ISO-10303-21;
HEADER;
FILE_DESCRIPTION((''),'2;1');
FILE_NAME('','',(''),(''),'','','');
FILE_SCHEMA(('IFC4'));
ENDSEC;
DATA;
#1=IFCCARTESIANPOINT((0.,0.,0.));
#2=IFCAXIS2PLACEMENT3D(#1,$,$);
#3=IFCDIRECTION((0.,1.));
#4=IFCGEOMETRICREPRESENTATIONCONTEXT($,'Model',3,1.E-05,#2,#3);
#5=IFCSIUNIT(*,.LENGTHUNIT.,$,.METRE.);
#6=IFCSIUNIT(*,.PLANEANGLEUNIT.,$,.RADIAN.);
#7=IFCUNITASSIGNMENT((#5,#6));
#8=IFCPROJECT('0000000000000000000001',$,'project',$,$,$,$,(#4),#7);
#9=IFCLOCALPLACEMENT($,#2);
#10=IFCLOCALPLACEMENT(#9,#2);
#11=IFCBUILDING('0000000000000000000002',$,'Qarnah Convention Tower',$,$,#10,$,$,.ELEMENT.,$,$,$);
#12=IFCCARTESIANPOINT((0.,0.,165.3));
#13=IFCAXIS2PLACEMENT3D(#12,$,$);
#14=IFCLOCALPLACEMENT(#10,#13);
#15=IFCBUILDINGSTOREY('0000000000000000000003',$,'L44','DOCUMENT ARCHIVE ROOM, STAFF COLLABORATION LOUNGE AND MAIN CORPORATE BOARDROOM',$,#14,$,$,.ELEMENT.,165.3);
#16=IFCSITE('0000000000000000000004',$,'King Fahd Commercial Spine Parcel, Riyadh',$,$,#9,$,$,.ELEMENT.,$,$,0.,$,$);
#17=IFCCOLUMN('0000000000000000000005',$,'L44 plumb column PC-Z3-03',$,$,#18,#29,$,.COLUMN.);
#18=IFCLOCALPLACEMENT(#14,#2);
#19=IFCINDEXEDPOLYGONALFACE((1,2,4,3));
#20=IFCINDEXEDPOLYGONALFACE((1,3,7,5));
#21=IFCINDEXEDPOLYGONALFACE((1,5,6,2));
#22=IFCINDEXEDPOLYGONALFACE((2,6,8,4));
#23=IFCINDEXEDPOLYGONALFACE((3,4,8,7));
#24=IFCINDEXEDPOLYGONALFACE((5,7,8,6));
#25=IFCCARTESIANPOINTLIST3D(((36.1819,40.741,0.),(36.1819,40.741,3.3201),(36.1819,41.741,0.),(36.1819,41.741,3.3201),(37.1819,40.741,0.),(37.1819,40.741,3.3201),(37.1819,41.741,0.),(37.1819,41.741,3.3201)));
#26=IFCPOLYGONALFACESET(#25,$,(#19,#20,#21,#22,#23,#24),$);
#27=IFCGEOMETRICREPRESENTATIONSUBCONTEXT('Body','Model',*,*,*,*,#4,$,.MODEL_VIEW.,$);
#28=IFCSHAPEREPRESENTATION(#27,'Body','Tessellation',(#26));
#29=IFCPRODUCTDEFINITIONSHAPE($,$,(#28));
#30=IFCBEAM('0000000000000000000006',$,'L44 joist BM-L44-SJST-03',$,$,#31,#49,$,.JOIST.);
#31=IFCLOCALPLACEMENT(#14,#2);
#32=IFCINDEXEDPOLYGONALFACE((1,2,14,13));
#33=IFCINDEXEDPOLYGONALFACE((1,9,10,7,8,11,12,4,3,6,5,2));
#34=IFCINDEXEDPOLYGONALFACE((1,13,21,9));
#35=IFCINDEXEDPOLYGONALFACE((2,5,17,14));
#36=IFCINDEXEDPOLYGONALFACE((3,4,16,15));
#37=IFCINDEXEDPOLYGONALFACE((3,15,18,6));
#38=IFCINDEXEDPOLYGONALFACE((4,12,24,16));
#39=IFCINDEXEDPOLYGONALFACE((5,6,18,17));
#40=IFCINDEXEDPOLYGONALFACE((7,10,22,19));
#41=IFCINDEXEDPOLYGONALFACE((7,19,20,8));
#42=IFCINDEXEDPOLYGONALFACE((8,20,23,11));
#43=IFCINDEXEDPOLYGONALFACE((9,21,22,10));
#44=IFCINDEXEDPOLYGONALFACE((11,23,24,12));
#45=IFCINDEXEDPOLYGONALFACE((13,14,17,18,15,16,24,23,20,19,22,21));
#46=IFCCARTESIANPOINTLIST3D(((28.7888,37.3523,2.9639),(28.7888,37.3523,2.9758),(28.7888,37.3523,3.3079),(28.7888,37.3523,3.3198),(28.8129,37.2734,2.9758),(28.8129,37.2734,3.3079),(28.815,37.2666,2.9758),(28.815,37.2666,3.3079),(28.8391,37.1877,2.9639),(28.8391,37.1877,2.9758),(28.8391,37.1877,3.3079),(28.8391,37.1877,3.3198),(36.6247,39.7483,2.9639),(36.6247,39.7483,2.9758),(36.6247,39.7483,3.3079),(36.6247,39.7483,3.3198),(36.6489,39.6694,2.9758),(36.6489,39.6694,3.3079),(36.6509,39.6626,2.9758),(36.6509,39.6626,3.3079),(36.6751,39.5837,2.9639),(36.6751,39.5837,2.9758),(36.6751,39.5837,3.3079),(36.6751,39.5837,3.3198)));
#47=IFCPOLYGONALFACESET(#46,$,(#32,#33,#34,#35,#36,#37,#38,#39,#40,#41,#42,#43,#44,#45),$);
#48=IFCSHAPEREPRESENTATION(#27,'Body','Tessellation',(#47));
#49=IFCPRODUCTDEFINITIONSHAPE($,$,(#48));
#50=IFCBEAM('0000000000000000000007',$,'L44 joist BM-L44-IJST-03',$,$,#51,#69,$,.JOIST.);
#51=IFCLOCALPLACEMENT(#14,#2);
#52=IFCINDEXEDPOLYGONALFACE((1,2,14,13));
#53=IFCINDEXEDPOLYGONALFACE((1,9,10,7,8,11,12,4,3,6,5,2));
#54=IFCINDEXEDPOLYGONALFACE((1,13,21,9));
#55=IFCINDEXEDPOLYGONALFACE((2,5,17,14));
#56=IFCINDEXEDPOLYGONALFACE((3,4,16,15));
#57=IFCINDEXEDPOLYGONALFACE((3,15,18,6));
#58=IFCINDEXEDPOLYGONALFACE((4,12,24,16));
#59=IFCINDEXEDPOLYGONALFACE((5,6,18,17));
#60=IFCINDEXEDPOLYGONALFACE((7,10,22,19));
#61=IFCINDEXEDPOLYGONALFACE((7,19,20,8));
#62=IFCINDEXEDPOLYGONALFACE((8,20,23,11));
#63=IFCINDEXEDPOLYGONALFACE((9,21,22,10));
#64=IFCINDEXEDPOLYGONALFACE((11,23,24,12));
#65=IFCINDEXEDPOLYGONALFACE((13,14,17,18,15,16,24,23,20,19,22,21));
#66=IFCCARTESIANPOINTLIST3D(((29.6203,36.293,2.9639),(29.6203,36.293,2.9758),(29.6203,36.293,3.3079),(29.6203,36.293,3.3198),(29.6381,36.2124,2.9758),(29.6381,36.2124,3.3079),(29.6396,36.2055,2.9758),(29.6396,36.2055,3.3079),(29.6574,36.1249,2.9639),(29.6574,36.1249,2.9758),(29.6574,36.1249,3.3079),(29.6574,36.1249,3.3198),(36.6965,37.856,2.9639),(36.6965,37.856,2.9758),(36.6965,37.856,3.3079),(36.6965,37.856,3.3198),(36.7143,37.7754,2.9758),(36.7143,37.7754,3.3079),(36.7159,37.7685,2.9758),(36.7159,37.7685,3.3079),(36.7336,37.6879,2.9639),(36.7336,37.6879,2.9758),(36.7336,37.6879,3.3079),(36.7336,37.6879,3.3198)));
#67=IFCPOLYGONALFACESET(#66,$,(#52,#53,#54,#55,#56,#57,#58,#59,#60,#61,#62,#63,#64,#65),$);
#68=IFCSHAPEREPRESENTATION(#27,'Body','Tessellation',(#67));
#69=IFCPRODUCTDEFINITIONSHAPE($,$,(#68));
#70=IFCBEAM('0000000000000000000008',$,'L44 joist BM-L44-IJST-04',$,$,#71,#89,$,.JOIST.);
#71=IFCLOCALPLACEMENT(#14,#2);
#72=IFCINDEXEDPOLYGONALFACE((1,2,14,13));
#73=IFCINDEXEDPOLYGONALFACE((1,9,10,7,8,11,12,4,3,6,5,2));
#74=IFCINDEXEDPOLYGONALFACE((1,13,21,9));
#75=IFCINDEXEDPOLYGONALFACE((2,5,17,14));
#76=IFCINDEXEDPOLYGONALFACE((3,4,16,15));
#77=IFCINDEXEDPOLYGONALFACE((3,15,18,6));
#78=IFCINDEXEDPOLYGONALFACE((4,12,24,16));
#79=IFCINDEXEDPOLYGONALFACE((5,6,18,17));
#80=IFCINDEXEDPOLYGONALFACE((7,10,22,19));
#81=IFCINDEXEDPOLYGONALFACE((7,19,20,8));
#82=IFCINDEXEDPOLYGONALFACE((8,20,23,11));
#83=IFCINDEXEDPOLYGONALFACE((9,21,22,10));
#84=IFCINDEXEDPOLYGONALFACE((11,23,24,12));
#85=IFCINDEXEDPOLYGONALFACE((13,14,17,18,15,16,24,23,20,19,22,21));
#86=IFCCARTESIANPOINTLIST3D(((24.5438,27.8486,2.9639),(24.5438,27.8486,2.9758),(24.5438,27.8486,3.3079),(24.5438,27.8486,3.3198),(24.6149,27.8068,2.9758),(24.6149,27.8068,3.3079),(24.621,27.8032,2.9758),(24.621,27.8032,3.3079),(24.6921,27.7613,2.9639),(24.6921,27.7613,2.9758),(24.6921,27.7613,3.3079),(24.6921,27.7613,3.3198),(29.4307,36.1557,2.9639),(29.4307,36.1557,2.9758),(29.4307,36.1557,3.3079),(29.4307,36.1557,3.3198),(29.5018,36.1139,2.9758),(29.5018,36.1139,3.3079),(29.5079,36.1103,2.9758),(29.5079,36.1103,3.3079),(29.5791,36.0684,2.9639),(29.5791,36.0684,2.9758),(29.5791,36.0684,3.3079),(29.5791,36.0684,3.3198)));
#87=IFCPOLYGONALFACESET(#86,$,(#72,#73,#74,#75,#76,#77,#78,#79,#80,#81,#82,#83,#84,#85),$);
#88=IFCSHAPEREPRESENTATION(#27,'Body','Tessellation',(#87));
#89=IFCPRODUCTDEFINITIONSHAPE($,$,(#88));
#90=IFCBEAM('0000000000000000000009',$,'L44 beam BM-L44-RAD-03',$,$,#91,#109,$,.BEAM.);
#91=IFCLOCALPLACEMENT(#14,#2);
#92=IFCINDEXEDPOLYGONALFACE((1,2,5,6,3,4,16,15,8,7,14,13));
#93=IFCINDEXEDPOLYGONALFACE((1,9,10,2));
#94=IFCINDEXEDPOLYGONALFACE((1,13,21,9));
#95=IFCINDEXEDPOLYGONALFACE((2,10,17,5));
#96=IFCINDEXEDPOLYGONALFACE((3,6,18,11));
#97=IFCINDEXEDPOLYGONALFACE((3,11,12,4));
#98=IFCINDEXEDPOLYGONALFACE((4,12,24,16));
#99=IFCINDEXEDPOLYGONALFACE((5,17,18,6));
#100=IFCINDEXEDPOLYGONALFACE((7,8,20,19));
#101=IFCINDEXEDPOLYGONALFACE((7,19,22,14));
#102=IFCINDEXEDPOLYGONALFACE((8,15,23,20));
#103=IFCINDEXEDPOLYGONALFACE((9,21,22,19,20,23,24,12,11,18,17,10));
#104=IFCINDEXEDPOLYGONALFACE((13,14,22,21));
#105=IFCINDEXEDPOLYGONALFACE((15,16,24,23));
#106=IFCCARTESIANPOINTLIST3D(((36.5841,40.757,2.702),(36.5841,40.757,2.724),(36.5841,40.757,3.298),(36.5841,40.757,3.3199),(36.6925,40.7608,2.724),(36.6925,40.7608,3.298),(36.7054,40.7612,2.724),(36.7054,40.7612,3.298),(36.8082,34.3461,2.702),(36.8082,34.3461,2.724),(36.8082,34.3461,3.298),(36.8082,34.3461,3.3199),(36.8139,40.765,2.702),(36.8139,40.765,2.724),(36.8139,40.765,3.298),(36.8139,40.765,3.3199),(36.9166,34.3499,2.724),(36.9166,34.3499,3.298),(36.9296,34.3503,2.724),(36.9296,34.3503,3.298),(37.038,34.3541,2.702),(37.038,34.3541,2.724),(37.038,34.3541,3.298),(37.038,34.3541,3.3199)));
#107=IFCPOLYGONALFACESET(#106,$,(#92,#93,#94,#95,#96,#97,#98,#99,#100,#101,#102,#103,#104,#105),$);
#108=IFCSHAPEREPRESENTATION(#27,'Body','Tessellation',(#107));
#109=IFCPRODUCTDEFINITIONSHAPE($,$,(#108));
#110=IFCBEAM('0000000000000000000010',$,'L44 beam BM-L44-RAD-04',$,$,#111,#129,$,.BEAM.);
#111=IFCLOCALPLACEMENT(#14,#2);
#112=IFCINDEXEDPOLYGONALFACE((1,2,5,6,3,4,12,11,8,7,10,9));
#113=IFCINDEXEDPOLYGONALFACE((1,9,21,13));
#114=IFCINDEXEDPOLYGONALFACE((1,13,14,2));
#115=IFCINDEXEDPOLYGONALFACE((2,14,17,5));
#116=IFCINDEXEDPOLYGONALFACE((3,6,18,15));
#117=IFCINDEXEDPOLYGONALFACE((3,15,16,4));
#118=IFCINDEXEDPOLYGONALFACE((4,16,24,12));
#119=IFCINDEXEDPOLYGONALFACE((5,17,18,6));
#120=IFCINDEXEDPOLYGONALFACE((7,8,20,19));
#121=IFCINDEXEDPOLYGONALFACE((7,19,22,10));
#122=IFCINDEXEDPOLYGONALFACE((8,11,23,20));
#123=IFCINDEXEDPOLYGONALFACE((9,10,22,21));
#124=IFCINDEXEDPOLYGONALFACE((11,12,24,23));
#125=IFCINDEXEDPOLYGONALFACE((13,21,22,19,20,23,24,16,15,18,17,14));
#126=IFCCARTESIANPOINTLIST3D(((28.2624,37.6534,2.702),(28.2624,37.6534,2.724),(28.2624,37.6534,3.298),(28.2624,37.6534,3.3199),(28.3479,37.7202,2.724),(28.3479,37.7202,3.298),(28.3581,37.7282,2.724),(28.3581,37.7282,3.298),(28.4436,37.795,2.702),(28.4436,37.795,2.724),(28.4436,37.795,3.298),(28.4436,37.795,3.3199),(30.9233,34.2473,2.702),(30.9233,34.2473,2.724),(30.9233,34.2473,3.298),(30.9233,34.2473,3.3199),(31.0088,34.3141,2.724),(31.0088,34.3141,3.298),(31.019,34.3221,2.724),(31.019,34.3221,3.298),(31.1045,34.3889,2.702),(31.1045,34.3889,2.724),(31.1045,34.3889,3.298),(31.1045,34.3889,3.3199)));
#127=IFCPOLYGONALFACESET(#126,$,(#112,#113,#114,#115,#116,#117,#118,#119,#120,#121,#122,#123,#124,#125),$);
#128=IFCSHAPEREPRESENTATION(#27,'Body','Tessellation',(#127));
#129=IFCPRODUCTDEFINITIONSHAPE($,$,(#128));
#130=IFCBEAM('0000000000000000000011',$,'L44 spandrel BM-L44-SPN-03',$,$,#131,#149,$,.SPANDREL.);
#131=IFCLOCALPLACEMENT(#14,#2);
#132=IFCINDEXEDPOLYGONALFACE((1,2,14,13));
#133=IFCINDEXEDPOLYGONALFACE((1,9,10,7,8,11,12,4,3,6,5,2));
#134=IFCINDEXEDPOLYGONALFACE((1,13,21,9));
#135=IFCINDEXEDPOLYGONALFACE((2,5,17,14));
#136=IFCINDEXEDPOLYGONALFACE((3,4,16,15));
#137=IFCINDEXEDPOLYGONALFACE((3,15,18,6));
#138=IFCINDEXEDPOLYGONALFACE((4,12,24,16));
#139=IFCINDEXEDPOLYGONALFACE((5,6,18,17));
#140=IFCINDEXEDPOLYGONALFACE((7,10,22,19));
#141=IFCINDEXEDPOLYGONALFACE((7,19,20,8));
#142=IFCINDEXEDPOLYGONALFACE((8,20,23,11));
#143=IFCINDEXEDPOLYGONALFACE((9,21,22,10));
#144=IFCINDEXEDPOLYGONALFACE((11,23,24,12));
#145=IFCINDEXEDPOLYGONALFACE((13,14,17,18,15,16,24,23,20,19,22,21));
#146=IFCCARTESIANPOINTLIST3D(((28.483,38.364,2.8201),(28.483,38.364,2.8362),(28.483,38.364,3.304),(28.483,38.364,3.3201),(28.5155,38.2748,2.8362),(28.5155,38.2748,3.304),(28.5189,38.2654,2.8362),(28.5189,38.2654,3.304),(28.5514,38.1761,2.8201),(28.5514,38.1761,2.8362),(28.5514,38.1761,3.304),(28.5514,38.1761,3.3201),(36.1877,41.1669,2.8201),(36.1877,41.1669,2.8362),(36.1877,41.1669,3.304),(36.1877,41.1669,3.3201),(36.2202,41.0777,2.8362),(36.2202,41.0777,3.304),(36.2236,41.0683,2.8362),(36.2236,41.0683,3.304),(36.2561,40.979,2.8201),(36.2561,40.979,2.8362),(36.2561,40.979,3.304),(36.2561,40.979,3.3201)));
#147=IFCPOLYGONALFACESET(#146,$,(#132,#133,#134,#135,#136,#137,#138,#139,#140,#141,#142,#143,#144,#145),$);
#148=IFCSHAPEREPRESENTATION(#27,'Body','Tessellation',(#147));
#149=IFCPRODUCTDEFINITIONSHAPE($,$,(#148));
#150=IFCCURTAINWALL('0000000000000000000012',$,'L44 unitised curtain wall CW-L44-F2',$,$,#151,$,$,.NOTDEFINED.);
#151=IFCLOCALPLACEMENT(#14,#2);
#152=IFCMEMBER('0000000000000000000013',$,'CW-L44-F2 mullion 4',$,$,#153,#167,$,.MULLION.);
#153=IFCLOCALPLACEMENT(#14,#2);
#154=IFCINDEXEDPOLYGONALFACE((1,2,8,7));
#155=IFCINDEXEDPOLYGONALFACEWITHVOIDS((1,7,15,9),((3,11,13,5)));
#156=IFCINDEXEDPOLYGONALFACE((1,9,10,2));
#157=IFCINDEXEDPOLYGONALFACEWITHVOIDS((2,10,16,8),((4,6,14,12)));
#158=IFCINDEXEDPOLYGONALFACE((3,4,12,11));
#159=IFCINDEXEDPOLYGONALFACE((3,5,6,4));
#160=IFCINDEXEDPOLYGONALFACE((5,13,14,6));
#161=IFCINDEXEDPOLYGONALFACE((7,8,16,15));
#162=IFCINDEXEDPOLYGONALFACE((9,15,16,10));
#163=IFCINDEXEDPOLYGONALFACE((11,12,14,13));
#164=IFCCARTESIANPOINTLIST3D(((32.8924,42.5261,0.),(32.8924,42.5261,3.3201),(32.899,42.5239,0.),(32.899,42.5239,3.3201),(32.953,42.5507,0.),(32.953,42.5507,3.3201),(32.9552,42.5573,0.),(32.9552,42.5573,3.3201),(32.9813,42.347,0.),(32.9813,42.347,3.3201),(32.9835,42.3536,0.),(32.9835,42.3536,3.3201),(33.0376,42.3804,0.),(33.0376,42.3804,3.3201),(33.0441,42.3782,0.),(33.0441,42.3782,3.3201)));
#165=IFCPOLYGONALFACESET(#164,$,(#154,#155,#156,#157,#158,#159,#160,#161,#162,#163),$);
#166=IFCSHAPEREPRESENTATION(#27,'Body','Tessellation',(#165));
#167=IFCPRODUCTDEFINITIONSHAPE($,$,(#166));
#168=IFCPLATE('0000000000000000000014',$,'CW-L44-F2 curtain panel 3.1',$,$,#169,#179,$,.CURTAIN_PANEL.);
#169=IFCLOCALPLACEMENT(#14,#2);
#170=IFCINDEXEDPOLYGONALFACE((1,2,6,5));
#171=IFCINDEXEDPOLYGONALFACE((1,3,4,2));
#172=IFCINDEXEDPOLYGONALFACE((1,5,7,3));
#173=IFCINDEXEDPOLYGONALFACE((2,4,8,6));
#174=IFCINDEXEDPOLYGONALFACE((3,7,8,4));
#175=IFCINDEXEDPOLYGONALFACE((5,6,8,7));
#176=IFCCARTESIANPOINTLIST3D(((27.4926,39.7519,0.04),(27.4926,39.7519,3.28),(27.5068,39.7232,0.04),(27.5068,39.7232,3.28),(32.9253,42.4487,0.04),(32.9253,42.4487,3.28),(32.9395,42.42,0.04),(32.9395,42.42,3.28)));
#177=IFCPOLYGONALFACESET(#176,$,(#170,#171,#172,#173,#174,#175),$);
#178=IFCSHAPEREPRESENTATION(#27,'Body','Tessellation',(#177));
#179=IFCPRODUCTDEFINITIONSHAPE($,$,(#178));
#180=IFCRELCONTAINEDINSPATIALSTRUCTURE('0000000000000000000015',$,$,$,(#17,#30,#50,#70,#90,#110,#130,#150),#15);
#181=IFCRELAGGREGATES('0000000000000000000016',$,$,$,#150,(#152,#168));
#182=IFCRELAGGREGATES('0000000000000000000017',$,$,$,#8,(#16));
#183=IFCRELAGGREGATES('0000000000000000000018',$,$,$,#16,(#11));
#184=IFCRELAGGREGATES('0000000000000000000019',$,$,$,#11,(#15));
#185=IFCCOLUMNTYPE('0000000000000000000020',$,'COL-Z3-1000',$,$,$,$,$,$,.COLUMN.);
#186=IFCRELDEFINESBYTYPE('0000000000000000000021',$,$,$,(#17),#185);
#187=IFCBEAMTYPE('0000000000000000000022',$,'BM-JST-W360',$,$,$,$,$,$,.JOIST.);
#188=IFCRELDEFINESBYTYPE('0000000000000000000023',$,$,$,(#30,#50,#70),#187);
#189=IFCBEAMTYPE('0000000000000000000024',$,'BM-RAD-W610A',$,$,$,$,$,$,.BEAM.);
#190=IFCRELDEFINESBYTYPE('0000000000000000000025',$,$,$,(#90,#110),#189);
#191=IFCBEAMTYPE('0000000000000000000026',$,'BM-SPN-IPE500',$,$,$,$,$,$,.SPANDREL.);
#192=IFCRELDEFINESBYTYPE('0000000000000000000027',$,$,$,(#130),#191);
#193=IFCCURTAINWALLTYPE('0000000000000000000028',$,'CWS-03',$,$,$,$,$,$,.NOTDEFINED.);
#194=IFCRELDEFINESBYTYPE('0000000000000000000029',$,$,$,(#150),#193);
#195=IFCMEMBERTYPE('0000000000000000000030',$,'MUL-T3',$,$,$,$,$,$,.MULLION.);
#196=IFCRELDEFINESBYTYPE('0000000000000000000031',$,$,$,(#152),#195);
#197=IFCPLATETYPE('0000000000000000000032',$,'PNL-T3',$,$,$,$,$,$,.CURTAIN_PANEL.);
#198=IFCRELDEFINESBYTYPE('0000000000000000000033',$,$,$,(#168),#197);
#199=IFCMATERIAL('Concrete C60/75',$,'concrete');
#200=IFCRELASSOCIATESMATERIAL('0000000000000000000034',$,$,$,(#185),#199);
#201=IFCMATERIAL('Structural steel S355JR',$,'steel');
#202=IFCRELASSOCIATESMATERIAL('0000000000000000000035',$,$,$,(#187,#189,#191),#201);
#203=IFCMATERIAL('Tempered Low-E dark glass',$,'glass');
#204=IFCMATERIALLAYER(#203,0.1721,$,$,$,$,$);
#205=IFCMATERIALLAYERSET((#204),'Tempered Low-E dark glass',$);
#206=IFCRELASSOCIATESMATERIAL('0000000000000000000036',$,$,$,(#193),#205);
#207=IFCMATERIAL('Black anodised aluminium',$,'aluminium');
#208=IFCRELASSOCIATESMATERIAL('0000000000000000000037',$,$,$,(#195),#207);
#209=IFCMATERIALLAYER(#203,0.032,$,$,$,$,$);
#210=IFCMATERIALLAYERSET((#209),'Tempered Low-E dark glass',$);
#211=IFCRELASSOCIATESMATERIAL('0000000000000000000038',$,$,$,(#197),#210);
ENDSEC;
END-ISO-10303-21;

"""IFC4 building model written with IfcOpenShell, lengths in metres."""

from ifc_helpers import new_model, si_unit, direction, frame, origin, origin_2d, place, context, subcontext, project, spatial, rectangle, hollow_rectangle, i_section, extrude, material, layer, layer_set, material_profile, profile_set, type_object, element, aggregate, save


model = new_model("IFC4")

# Units and contexts
model_context = context("Model", 3, precision=1e-05, world=origin(), true_north=direction((0.0, 1.0)))
body_context = subcontext(model_context, "Body", "Model", "MODEL_VIEW")
ifc_project = project(units=[si_unit("LENGTHUNIT", "METRE"), si_unit("PLANEANGLEUNIT", "RADIAN")], contexts=[model_context])

# Site, building, storey
site_placement = place(None, origin())
site = spatial("IfcSite", under=ifc_project, at=site_placement, Name="King Fahd Commercial Spine Parcel, Riyadh", CompositionType="ELEMENT", RefElevation=0.0)
building_placement = place(site_placement, origin())
building = spatial("IfcBuilding", under=site, at=building_placement, Name="Qarnah Convention Tower", CompositionType="ELEMENT")
storey_placement = place(building_placement, frame((0.0, 0.0, 165.3)))
storey = spatial("IfcBuildingStorey", under=building, at=storey_placement, Name="L44", Description="DOCUMENT ARCHIVE ROOM, STAFF COLLABORATION LOUNGE AND MAIN CORPORATE BOARDROOM", CompositionType="ELEMENT", Elevation=165.3)

# Column
ifc_material_1 = material(Name="Concrete C60/75", Category="concrete")
ifc_material_profile_1 = material_profile(ifc_material_1, rectangle(XDim=1.0, YDim=1.0, at=origin_2d()), Name="RC-COL-1000X1000")
ifc_profile_set_1 = profile_set([ifc_material_profile_1], Name="Concrete C60/75")
column_type = type_object("IfcColumnType", Name="COL-Z3-1000", PredefinedType="COLUMN", material=ifc_profile_set_1)
column_placement = place(storey_placement, frame((36.6819, 41.241, 0.0), z_axis=(0.0, 0.0, 1.0), x_axis=(1.0, 0.0, 0.0)))
element("IfcColumn", 1, at=column_placement, inside=storey, type_object=column_type, Name="L44 plumb column PC-Z3-03", PredefinedType="COLUMN", context=body_context, shape_type="SweptSolid", body=[
    extrude(rectangle(XDim=1.0, YDim=1.0, at=origin_2d()), origin(), (0.0, 0.0, 1.0), 3.3201),
])

# Beams
ifc_material_2 = material(Name="Structural steel S355JR", Category="steel")
ifc_material_profile_2 = material_profile(ifc_material_2, i_section(OverallWidth=0.1721, OverallDepth=0.356, WebThickness=0.0071, FlangeThickness=0.012, at=origin_2d()), Name="W360X51")
ifc_profile_set_2 = profile_set([ifc_material_profile_2], Name="Structural steel S355JR")
beam_type_1 = type_object("IfcBeamType", Name="BM-JST-W360", PredefinedType="JOIST", material=ifc_profile_set_2)
beam_1_placement = place(storey_placement, frame((36.6499, 39.666, 3.1418), z_axis=(-0.956294, -0.292406, 0.0), x_axis=(0.292406, -0.956294, 0.0)))
element("IfcBeam", 2, at=beam_1_placement, inside=storey, type_object=beam_type_1, Name="L44 joist BM-L44-SJST-03", PredefinedType="JOIST", context=body_context, shape_type="SweptSolid", body=[
    extrude(i_section(OverallWidth=0.1721, OverallDepth=0.356, WebThickness=0.0071, FlangeThickness=0.012, at=origin_2d()), origin(), (0.0, 0.0, 1.0), 8.1941),
])
beam_2_placement = place(storey_placement, frame((36.7151, 37.772, 3.1418), z_axis=(-0.976464, -0.215682, 0.0), x_axis=(0.215682, -0.976464, 0.0)))
element("IfcBeam", 3, at=beam_2_placement, inside=storey, type_object=beam_type_1, Name="L44 joist BM-L44-IJST-03", PredefinedType="JOIST", context=body_context, shape_type="SweptSolid", body=[
    extrude(i_section(OverallWidth=0.1721, OverallDepth=0.356, WebThickness=0.0071, FlangeThickness=0.012, at=origin_2d()), origin(), (0.0, 0.0, 1.0), 7.2468),
])
beam_3_placement = place(storey_placement, frame((29.5049, 36.1121, 3.1418), z_axis=(-0.507052, -0.861915, 0.0), x_axis=(0.861915, -0.507052, 0.0)))
element("IfcBeam", 4, at=beam_3_placement, inside=storey, type_object=beam_type_1, Name="L44 joist BM-L44-IJST-04", PredefinedType="JOIST", context=body_context, shape_type="SweptSolid", body=[
    extrude(i_section(OverallWidth=0.1721, OverallDepth=0.356, WebThickness=0.0071, FlangeThickness=0.012, at=origin_2d()), origin(), (0.0, 0.0, 1.0), 9.6379),
])
ifc_material_profile_3 = material_profile(ifc_material_2, i_section(OverallWidth=0.23, OverallDepth=0.6179, WebThickness=0.0129, FlangeThickness=0.022, at=origin_2d()), Name="W610X140")
ifc_profile_set_3 = profile_set([ifc_material_profile_3], Name="Structural steel S355JR")
beam_type_2 = type_object("IfcBeamType", Name="BM-RAD-W610A", PredefinedType="BEAM", material=ifc_profile_set_3)
beam_4_placement = place(storey_placement, frame((36.9231, 34.3501, 3.011), z_axis=(-0.034938, 0.999389, 0.0), x_axis=(-0.999389, -0.034938, 0.0)))
element("IfcBeam", 5, at=beam_4_placement, inside=storey, type_object=beam_type_2, Name="L44 beam BM-L44-RAD-03", PredefinedType="BEAM", context=body_context, shape_type="SweptSolid", body=[
    extrude(i_section(OverallWidth=0.23, OverallDepth=0.6179, WebThickness=0.0129, FlangeThickness=0.022, at=origin_2d()), origin(), (0.0, 0.0, 1.0), 6.4148),
])
beam_5_placement = place(storey_placement, frame((31.0139, 34.3181, 3.011), z_axis=(-0.615636, 0.78803, 0.0), x_axis=(-0.78803, -0.615636, 0.0)))
element("IfcBeam", 6, at=beam_5_placement, inside=storey, type_object=beam_type_2, Name="L44 beam BM-L44-RAD-04", PredefinedType="BEAM", context=body_context, shape_type="SweptSolid", body=[
    extrude(i_section(OverallWidth=0.23, OverallDepth=0.6179, WebThickness=0.0129, FlangeThickness=0.022, at=origin_2d()), origin(), (0.0, 0.0, 1.0), 4.3223),
])
ifc_material_profile_4 = material_profile(ifc_material_2, i_section(OverallWidth=0.2, OverallDepth=0.5, WebThickness=0.01, FlangeThickness=0.0161, at=origin_2d()), Name="IPE500")
ifc_profile_set_4 = profile_set([ifc_material_profile_4], Name="Structural steel S355JR")
beam_type_3 = type_object("IfcBeamType", Name="BM-SPN-IPE500", PredefinedType="SPANDREL", material=ifc_profile_set_4)
beam_6_placement = place(storey_placement, frame((36.2219, 41.073, 3.0701), z_axis=(-0.939746, -0.341875, 0.0), x_axis=(0.341875, -0.939746, 0.0)))
element("IfcBeam", 7, at=beam_6_placement, inside=storey, type_object=beam_type_3, Name="L44 spandrel BM-L44-SPN-03", PredefinedType="SPANDREL", context=body_context, shape_type="SweptSolid", body=[
    extrude(i_section(OverallWidth=0.2, OverallDepth=0.5, WebThickness=0.01, FlangeThickness=0.0161, at=origin_2d()), origin(), (0.0, 0.0, 1.0), 8.1987),
])

# Curtain wall, member, plate
ifc_material_3 = material(Name="Tempered Low-E dark glass", Category="glass")
ifc_layer_1 = layer(ifc_material_3, 0.1721)
ifc_layer_set_1 = layer_set([ifc_layer_1], Name="Tempered Low-E dark glass")
curtain_wall_type = type_object("IfcCurtainWallType", Name="CWS-03", PredefinedType="NOTDEFINED", material=ifc_layer_set_1)
curtain_wall_placement = place(storey_placement, origin())
curtain_wall = element("IfcCurtainWall", 8, at=curtain_wall_placement, inside=storey, type_object=curtain_wall_type, Name="L44 unitised curtain wall CW-L44-F2", PredefinedType="NOTDEFINED")
ifc_material_4 = material(Name="Black anodised aluminium", Category="aluminium")
ifc_material_profile_5 = material_profile(ifc_material_4, hollow_rectangle(XDim=0.0701, YDim=0.2, WallThickness=0.0049, at=origin_2d()), Name="MUL-70X200")
ifc_profile_set_5 = profile_set([ifc_material_profile_5], Name="Black anodised aluminium")
member_type = type_object("IfcMemberType", Name="MUL-T3", PredefinedType="MULLION", material=ifc_profile_set_5)
member_placement = place(storey_placement, frame((32.9683, 42.4521, 0.0), z_axis=(0.0, 0.0, 1.0), x_axis=(0.895712, 0.444634, 0.0)))
member = element("IfcMember", 9, at=member_placement, type_object=member_type, Name="CW-L44-F2 mullion 4", PredefinedType="MULLION", context=body_context, shape_type="SweptSolid", body=[
    extrude(hollow_rectangle(XDim=0.0701, YDim=0.2, WallThickness=0.0049, at=origin_2d()), origin(), (0.0, 0.0, 1.0), 3.3201),
])
ifc_layer_2 = layer(ifc_material_3, 0.032)
ifc_layer_set_2 = layer_set([ifc_layer_2], Name="Tempered Low-E dark glass")
plate_type = type_object("IfcPlateType", Name="PNL-T3", PredefinedType="CURTAIN_PANEL", material=ifc_layer_set_2)
plate_1_placement = place(storey_placement, frame((30.2161, 41.0859, 0.04), z_axis=(0.0, 0.0, 1.0), x_axis=(0.895712, 0.444634, 0.0)))
plate_1 = element("IfcPlate", 10, at=plate_1_placement, type_object=plate_type, Name="CW-L44-F2 curtain panel 3.1", PredefinedType="CURTAIN_PANEL", context=body_context, shape_type="SweptSolid", body=[
    extrude(rectangle(XDim=6.0652, YDim=0.032, at=origin_2d()), origin(), (0.0, 0.0, 1.0), 3.24),
])
aggregate(curtain_wall, [member, plate_1])

save(model, "model.ifc")
